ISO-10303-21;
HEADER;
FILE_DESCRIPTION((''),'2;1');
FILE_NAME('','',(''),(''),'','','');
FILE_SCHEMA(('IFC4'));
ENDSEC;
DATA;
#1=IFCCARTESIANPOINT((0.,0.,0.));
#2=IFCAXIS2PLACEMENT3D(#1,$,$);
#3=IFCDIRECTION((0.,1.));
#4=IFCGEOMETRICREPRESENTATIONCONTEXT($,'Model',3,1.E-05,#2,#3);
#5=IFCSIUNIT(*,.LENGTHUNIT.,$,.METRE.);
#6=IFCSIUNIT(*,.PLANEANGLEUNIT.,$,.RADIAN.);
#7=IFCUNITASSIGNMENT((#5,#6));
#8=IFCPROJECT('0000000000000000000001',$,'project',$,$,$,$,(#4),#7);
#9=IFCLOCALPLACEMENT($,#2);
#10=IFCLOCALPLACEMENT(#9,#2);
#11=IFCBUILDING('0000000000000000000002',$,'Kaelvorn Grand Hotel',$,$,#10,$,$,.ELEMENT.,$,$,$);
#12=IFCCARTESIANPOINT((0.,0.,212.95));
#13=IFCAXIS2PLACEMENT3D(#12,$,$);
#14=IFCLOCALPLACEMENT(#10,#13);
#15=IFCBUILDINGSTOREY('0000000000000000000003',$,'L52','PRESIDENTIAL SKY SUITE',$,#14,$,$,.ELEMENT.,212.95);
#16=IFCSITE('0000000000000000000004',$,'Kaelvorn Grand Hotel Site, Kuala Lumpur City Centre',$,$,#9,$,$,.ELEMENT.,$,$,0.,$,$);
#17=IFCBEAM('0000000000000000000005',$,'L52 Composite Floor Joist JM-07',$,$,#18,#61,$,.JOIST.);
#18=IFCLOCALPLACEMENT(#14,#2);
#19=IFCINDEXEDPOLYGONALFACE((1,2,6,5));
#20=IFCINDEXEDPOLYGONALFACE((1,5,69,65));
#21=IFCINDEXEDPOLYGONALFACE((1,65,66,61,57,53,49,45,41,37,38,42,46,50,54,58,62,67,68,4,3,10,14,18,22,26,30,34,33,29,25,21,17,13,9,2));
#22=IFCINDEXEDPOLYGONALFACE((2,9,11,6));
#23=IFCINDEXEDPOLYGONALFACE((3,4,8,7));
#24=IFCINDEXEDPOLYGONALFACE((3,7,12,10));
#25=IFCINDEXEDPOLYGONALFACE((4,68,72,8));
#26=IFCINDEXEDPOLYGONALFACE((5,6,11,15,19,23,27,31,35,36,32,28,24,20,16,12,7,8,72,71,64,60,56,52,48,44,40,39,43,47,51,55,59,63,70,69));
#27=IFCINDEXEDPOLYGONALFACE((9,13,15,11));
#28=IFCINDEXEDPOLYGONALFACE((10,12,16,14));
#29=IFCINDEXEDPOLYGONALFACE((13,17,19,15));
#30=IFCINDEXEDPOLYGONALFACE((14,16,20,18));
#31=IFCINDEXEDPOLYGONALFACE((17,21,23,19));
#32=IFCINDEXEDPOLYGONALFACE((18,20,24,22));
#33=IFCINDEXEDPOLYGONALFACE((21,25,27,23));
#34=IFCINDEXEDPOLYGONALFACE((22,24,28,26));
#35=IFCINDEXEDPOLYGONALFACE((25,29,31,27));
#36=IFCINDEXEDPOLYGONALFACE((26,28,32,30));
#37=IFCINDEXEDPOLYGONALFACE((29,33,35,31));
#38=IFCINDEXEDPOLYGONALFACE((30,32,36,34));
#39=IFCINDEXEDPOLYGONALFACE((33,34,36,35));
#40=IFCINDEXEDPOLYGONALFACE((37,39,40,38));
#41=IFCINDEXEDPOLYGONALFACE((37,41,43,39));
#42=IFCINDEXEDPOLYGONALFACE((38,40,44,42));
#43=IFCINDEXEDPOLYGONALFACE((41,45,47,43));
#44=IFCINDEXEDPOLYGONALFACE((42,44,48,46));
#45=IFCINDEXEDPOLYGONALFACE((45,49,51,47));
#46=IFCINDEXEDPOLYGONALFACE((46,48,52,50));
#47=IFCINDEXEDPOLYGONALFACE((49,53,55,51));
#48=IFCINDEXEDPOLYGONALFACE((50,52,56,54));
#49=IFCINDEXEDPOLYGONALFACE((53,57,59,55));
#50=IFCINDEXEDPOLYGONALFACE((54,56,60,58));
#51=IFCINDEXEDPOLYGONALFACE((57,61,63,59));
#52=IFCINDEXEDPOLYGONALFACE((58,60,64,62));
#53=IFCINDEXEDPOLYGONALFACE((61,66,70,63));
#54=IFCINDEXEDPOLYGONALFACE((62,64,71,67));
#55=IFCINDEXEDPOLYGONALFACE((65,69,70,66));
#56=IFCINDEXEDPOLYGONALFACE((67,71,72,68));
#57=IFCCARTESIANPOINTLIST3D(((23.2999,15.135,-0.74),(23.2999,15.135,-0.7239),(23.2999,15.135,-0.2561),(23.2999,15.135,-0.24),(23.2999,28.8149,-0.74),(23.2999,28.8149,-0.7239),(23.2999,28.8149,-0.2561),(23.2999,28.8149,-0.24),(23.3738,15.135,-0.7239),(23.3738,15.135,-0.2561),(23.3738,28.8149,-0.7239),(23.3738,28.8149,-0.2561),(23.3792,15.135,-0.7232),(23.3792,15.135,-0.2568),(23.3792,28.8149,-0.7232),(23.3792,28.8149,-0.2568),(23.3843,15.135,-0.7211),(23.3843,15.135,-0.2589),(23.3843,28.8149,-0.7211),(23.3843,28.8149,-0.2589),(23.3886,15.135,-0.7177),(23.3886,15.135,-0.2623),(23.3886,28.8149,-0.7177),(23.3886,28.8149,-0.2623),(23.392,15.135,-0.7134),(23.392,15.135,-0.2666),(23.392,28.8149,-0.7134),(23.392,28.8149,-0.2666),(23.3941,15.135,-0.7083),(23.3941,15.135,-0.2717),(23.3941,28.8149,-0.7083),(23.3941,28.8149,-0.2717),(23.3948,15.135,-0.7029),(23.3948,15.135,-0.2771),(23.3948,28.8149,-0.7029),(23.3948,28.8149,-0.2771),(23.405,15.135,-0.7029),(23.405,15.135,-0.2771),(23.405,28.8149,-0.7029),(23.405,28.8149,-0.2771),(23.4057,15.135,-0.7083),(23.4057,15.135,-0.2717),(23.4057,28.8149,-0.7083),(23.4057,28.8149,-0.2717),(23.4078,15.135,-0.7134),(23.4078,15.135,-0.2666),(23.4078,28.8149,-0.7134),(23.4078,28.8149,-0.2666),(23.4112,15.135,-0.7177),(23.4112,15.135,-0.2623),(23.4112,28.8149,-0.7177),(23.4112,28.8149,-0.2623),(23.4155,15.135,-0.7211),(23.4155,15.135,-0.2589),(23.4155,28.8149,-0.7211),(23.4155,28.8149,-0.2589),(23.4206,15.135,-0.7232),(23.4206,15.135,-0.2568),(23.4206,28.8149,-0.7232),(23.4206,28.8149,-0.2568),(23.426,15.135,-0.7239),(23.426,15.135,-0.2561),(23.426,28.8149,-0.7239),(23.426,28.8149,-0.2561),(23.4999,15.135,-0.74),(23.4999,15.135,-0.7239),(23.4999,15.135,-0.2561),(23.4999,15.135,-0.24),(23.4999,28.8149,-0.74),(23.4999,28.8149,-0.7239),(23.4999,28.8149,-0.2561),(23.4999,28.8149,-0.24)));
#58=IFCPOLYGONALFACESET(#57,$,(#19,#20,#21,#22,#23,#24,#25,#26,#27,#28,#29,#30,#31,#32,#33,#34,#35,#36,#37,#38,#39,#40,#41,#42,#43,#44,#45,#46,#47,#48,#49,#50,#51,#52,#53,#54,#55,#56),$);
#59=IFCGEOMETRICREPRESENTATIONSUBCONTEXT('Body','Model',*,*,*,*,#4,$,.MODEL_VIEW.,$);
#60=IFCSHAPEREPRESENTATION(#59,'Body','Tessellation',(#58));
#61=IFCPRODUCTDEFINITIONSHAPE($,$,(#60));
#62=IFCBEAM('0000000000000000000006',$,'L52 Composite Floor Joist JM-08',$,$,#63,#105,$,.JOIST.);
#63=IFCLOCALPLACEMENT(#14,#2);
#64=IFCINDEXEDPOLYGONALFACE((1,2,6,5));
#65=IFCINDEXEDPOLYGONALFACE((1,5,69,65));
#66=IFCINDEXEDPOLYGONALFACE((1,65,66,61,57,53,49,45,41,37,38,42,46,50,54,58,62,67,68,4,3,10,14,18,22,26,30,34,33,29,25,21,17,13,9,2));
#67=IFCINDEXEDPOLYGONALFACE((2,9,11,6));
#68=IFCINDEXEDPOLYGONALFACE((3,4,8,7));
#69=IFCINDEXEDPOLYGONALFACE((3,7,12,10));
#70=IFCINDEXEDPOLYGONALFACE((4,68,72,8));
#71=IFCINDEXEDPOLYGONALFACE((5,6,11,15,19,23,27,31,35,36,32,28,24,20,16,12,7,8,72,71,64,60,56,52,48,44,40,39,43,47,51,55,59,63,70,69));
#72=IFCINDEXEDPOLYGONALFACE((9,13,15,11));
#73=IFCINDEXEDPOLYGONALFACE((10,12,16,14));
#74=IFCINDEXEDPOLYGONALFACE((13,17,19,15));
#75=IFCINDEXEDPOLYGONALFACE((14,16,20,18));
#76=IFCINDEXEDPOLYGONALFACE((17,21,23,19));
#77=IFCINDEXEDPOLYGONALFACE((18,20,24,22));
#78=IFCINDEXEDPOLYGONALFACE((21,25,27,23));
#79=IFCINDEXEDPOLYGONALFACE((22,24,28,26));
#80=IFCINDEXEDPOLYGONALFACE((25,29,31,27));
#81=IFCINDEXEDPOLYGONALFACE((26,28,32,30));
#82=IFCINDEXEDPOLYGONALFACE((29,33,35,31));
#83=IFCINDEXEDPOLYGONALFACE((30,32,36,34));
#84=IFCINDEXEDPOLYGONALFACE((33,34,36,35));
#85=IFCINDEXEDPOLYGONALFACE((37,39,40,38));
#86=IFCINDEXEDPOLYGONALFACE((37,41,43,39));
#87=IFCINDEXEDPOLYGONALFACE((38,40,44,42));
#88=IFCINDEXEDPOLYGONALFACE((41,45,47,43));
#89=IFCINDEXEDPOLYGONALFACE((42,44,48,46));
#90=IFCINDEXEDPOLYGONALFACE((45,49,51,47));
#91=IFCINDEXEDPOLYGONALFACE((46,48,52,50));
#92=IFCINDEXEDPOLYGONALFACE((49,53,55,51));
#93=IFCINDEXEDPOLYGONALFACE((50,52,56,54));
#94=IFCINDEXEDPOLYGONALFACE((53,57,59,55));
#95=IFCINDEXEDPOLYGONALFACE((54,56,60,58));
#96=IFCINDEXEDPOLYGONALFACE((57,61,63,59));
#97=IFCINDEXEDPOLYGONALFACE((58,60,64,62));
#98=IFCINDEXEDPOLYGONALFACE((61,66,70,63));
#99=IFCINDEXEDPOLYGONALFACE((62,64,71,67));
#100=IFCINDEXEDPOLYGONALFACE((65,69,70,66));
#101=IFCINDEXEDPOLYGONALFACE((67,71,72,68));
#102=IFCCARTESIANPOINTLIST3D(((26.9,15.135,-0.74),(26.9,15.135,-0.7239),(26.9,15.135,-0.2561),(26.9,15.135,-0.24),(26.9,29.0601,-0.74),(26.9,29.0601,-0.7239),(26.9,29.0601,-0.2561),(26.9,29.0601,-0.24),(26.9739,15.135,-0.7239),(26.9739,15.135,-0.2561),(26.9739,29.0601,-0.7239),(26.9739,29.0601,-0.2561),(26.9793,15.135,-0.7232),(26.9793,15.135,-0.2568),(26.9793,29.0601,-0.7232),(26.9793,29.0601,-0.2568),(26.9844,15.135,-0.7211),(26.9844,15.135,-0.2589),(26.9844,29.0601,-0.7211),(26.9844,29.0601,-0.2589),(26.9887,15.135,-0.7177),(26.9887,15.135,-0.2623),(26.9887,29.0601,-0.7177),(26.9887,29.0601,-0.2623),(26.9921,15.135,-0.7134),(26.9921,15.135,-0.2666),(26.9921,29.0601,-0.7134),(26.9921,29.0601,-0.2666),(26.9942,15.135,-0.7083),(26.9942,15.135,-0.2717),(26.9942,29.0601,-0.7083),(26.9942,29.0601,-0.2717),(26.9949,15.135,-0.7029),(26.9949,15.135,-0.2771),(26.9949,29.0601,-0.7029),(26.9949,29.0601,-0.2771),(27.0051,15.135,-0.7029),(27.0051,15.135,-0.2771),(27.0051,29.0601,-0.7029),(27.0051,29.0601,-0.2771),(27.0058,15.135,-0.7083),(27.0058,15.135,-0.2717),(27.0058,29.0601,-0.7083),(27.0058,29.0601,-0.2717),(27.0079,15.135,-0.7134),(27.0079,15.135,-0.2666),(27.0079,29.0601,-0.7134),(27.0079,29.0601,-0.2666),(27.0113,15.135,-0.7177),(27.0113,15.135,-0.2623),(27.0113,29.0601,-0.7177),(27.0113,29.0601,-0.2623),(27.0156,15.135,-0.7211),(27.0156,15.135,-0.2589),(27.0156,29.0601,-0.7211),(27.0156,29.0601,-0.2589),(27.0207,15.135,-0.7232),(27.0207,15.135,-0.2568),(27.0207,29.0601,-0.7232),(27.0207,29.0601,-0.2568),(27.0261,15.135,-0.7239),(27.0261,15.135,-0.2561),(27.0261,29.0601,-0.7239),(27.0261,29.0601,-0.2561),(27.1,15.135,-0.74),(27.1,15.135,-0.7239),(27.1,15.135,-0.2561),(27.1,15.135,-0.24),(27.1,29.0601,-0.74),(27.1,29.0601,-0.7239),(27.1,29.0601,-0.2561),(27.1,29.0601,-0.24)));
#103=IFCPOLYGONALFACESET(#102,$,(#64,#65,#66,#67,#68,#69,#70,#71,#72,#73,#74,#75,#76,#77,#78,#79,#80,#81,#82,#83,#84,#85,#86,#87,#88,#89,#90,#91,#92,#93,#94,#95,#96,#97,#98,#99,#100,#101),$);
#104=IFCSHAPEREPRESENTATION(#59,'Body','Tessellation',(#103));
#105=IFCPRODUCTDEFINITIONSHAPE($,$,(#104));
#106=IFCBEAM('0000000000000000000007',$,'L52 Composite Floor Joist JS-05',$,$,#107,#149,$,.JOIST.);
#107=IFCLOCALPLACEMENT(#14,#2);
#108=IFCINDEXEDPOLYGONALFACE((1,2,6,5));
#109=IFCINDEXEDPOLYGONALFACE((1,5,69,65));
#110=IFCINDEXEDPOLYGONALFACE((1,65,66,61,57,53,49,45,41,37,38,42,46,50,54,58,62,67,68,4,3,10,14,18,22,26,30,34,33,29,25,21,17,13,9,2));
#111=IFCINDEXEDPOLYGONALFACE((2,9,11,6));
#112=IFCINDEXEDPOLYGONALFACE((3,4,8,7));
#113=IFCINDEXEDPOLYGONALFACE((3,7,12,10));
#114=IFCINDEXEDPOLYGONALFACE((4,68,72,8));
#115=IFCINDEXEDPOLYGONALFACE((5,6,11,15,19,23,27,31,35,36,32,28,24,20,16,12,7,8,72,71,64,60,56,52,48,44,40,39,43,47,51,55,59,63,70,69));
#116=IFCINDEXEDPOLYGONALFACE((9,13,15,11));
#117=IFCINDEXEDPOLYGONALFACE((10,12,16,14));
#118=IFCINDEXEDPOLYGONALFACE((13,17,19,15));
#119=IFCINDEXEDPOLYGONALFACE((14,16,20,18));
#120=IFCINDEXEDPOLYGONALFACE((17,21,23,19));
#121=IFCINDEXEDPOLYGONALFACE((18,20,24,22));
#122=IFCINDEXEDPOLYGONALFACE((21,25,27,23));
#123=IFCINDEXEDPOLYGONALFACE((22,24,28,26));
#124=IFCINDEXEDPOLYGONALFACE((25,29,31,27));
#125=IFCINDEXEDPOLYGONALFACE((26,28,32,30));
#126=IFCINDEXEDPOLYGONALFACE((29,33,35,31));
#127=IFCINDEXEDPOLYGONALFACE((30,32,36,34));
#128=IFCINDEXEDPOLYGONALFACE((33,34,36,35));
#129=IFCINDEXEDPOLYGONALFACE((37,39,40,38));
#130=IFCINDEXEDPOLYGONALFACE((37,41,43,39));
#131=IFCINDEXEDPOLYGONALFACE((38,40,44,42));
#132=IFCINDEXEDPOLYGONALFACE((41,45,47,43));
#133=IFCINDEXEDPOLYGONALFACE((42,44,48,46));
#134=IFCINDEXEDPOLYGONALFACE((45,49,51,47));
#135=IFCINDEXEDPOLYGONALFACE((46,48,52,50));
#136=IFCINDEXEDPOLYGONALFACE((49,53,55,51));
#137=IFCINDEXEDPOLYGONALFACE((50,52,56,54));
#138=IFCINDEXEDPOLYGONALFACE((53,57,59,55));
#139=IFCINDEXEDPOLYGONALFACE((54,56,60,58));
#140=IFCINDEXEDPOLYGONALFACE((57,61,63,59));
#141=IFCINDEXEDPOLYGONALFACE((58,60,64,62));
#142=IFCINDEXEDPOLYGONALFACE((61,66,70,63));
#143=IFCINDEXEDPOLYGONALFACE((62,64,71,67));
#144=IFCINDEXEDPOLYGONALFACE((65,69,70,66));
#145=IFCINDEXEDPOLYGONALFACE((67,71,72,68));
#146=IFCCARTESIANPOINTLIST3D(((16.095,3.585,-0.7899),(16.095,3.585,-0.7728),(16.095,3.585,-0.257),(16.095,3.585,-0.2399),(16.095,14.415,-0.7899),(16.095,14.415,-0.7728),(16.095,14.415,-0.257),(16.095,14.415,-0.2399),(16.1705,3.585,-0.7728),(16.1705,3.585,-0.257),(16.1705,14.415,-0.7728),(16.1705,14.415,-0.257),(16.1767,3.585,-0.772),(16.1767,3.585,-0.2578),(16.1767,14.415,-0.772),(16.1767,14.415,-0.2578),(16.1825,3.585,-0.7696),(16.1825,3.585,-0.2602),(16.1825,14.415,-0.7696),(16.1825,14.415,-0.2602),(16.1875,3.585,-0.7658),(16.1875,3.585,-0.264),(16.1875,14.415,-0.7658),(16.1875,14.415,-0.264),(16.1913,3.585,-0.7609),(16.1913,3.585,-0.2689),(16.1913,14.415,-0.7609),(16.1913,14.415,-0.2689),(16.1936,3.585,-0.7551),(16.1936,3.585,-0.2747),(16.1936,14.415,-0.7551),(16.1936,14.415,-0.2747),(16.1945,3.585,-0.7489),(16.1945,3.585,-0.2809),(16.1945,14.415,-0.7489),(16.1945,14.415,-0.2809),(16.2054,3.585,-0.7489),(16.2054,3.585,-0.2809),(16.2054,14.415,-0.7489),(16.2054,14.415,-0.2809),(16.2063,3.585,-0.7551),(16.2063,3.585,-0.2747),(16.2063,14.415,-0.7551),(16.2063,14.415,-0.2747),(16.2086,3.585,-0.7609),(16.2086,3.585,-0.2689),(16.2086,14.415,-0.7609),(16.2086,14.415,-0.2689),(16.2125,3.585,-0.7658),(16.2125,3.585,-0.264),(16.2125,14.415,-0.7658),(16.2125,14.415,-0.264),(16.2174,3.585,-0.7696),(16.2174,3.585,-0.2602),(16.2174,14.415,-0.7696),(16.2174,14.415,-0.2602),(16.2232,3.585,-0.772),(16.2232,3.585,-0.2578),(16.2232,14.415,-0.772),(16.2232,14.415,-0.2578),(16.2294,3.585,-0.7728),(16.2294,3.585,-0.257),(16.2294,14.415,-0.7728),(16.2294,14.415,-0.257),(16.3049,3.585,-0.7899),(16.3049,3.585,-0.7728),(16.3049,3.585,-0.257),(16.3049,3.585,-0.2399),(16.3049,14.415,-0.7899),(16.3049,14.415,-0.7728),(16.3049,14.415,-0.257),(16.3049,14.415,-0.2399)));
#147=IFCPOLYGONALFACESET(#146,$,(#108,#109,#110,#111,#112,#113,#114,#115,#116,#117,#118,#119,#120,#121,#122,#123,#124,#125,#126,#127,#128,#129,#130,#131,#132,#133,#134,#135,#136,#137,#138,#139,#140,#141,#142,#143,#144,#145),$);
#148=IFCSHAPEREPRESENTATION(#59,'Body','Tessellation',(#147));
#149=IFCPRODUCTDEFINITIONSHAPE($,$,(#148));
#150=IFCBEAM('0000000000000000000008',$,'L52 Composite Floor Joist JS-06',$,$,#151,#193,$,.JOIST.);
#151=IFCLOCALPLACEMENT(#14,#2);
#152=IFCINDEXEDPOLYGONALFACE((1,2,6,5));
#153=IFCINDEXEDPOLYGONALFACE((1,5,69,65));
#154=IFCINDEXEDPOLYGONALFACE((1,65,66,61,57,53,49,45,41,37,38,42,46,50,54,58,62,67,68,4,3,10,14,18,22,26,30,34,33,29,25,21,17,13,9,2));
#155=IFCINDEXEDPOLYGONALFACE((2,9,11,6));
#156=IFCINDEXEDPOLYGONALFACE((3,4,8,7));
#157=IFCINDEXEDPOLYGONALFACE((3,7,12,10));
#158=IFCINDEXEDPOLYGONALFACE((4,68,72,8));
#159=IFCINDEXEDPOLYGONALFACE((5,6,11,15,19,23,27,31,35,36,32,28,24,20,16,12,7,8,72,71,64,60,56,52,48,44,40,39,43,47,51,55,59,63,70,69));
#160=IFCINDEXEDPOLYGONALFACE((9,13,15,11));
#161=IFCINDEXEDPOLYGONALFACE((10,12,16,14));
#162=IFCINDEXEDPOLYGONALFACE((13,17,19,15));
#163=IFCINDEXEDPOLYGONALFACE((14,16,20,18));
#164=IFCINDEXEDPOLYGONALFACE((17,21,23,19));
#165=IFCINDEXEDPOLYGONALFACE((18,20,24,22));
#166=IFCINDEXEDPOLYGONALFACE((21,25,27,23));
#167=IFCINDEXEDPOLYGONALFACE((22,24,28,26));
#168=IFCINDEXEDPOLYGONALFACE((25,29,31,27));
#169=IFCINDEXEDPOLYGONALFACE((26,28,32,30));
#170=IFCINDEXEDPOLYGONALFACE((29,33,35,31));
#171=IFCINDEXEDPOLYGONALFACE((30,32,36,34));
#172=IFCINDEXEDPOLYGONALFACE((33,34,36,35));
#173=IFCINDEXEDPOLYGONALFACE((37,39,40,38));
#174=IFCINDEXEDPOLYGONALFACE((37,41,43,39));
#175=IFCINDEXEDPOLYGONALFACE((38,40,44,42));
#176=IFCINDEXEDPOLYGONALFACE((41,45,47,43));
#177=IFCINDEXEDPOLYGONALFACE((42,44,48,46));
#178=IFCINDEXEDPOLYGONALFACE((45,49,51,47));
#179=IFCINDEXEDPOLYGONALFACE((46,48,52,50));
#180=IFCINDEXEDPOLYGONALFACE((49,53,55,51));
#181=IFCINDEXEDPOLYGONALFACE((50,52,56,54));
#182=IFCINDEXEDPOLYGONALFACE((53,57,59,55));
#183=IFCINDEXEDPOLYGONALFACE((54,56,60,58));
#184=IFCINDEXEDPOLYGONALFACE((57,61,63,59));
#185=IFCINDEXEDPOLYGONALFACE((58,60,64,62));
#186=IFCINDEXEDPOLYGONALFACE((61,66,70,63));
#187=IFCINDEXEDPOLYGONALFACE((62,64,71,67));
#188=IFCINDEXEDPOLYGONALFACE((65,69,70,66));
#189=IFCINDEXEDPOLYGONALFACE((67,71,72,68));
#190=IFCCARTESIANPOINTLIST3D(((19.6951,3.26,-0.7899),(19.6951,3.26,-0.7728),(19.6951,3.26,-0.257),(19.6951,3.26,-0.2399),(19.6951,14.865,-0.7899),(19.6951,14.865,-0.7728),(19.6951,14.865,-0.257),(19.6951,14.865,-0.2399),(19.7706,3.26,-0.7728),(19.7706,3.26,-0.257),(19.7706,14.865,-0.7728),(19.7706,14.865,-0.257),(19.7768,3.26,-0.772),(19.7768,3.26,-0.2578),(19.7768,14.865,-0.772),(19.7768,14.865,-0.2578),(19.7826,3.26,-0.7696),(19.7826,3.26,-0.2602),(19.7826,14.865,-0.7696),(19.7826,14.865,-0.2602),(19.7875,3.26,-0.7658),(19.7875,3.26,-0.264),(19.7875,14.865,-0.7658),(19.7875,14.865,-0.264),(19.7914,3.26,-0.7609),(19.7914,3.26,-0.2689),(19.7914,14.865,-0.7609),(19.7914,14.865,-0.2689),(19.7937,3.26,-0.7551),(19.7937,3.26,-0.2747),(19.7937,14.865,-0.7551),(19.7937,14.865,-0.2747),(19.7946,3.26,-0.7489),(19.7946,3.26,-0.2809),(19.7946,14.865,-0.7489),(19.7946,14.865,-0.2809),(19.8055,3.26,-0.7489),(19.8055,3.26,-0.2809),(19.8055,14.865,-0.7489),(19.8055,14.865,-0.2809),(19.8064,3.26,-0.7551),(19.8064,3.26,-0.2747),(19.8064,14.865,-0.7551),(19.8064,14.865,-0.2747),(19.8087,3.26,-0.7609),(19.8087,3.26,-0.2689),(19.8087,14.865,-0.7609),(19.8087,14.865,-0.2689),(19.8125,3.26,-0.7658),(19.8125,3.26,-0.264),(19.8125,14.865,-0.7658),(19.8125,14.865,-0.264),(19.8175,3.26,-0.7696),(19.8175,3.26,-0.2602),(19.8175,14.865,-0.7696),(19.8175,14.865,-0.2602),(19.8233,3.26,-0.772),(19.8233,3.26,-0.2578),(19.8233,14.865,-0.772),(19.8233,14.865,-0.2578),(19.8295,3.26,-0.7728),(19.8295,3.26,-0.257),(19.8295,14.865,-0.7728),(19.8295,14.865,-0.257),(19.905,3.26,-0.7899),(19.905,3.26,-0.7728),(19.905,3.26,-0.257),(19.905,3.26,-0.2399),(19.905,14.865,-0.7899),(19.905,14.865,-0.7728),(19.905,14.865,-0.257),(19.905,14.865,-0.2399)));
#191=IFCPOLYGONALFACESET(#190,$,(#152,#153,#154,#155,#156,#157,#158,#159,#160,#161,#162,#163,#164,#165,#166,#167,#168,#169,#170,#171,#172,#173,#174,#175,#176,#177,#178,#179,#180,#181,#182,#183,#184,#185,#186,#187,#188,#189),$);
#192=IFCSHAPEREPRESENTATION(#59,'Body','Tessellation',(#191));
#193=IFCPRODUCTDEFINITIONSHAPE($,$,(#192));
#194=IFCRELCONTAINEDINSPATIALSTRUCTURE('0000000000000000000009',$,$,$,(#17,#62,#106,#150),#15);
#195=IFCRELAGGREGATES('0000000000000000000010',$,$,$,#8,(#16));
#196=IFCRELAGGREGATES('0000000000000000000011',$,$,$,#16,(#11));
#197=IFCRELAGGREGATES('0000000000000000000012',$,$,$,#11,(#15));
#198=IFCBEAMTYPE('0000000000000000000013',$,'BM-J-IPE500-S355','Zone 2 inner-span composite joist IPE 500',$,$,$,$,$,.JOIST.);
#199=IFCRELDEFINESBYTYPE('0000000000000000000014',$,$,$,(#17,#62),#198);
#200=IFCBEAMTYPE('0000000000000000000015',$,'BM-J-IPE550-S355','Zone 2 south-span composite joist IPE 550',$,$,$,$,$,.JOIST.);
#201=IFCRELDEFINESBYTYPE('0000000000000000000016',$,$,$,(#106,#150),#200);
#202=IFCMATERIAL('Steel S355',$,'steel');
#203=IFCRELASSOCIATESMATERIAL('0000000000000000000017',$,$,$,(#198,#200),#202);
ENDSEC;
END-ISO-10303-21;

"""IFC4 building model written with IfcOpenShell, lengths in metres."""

from ifc_helpers import new_model, si_unit, direction, frame, origin, origin_2d, place, context, subcontext, project, spatial, i_section, extrude, material, material_profile, profile_set, type_object, element, save


model = new_model("IFC4")

# Units and contexts
model_context = context("Model", 3, precision=1e-05, world=origin(), true_north=direction((0.0, 1.0)))
body_context = subcontext(model_context, "Body", "Model", "MODEL_VIEW")
ifc_project = project(units=[si_unit("LENGTHUNIT", "METRE"), si_unit("PLANEANGLEUNIT", "RADIAN")], contexts=[model_context])

# Site, building, storey
site_placement = place(None, origin())
site = spatial("IfcSite", under=ifc_project, at=site_placement, Name="Kaelvorn Grand Hotel Site, Kuala Lumpur City Centre", CompositionType="ELEMENT", RefElevation=0.0)
building_placement = place(site_placement, origin())
building = spatial("IfcBuilding", under=site, at=building_placement, Name="Kaelvorn Grand Hotel", CompositionType="ELEMENT")
storey_placement = place(building_placement, frame((0.0, 0.0, 212.95)))
storey = spatial("IfcBuildingStorey", under=building, at=storey_placement, Name="L52", Description="PRESIDENTIAL SKY SUITE", CompositionType="ELEMENT", Elevation=212.95)

# Beams
ifc_material_1 = material(Name="Steel S355", Category="steel")
ifc_material_profile_1 = material_profile(ifc_material_1, i_section(OverallWidth=0.2, OverallDepth=0.5, WebThickness=0.0103, FlangeThickness=0.0161, FilletRadius=0.021, at=origin_2d()), Name="IPE 500")
ifc_profile_set_1 = profile_set([ifc_material_profile_1], Name="Steel S355")
beam_type_1 = type_object("IfcBeamType", Name="BM-J-IPE500-S355", Description="Zone 2 inner-span composite joist IPE 500", PredefinedType="JOIST", material=ifc_profile_set_1)
beam_1_placement = place(storey_placement, frame((23.3999, 15.135, -0.49), z_axis=(0.0, 1.0, 0.0), x_axis=(-1.0, 0.0, 0.0)))
element("IfcBeam", 1, at=beam_1_placement, inside=storey, type_object=beam_type_1, Name="L52 Composite Floor Joist JM-07", PredefinedType="JOIST", context=body_context, shape_type="SweptSolid", body=[
    extrude(i_section(OverallWidth=0.2, OverallDepth=0.5, WebThickness=0.0103, FlangeThickness=0.0161, FilletRadius=0.021, at=origin_2d()), origin(), (0.0, 0.0, 1.0), 13.6799),
])
beam_2_placement = place(storey_placement, frame((27.0, 15.135, -0.49), z_axis=(0.0, 1.0, 0.0), x_axis=(-1.0, 0.0, 0.0)))
element("IfcBeam", 2, at=beam_2_placement, inside=storey, type_object=beam_type_1, Name="L52 Composite Floor Joist JM-08", PredefinedType="JOIST", context=body_context, shape_type="SweptSolid", body=[
    extrude(i_section(OverallWidth=0.2, OverallDepth=0.5, WebThickness=0.0103, FlangeThickness=0.0161, FilletRadius=0.021, at=origin_2d()), origin(), (0.0, 0.0, 1.0), 13.925),
])
ifc_material_profile_2 = material_profile(ifc_material_1, i_section(OverallWidth=0.21, OverallDepth=0.55, WebThickness=0.011, FlangeThickness=0.0171, FilletRadius=0.0239, at=origin_2d()), Name="IPE 550")
ifc_profile_set_2 = profile_set([ifc_material_profile_2], Name="Steel S355")
beam_type_2 = type_object("IfcBeamType", Name="BM-J-IPE550-S355", Description="Zone 2 south-span composite joist IPE 550", PredefinedType="JOIST", material=ifc_profile_set_2)
beam_3_placement = place(storey_placement, frame((16.2, 3.585, -0.5149), z_axis=(0.0, 1.0, 0.0), x_axis=(-1.0, 0.0, 0.0)))
element("IfcBeam", 3, at=beam_3_placement, inside=storey, type_object=beam_type_2, Name="L52 Composite Floor Joist JS-05", PredefinedType="JOIST", context=body_context, shape_type="SweptSolid", body=[
    extrude(i_section(OverallWidth=0.21, OverallDepth=0.55, WebThickness=0.011, FlangeThickness=0.0171, FilletRadius=0.0239, at=origin_2d()), origin(), (0.0, 0.0, 1.0), 10.8301),
])
beam_4_placement = place(storey_placement, frame((19.8, 3.26, -0.5149), z_axis=(0.0, 1.0, 0.0), x_axis=(-1.0, 0.0, 0.0)))
element("IfcBeam", 4, at=beam_4_placement, inside=storey, type_object=beam_type_2, Name="L52 Composite Floor Joist JS-06", PredefinedType="JOIST", context=body_context, shape_type="SweptSolid", body=[
    extrude(i_section(OverallWidth=0.21, OverallDepth=0.55, WebThickness=0.011, FlangeThickness=0.0171, FilletRadius=0.0239, at=origin_2d()), origin(), (0.0, 0.0, 1.0), 11.605),
])

save(model, "model.ifc")
